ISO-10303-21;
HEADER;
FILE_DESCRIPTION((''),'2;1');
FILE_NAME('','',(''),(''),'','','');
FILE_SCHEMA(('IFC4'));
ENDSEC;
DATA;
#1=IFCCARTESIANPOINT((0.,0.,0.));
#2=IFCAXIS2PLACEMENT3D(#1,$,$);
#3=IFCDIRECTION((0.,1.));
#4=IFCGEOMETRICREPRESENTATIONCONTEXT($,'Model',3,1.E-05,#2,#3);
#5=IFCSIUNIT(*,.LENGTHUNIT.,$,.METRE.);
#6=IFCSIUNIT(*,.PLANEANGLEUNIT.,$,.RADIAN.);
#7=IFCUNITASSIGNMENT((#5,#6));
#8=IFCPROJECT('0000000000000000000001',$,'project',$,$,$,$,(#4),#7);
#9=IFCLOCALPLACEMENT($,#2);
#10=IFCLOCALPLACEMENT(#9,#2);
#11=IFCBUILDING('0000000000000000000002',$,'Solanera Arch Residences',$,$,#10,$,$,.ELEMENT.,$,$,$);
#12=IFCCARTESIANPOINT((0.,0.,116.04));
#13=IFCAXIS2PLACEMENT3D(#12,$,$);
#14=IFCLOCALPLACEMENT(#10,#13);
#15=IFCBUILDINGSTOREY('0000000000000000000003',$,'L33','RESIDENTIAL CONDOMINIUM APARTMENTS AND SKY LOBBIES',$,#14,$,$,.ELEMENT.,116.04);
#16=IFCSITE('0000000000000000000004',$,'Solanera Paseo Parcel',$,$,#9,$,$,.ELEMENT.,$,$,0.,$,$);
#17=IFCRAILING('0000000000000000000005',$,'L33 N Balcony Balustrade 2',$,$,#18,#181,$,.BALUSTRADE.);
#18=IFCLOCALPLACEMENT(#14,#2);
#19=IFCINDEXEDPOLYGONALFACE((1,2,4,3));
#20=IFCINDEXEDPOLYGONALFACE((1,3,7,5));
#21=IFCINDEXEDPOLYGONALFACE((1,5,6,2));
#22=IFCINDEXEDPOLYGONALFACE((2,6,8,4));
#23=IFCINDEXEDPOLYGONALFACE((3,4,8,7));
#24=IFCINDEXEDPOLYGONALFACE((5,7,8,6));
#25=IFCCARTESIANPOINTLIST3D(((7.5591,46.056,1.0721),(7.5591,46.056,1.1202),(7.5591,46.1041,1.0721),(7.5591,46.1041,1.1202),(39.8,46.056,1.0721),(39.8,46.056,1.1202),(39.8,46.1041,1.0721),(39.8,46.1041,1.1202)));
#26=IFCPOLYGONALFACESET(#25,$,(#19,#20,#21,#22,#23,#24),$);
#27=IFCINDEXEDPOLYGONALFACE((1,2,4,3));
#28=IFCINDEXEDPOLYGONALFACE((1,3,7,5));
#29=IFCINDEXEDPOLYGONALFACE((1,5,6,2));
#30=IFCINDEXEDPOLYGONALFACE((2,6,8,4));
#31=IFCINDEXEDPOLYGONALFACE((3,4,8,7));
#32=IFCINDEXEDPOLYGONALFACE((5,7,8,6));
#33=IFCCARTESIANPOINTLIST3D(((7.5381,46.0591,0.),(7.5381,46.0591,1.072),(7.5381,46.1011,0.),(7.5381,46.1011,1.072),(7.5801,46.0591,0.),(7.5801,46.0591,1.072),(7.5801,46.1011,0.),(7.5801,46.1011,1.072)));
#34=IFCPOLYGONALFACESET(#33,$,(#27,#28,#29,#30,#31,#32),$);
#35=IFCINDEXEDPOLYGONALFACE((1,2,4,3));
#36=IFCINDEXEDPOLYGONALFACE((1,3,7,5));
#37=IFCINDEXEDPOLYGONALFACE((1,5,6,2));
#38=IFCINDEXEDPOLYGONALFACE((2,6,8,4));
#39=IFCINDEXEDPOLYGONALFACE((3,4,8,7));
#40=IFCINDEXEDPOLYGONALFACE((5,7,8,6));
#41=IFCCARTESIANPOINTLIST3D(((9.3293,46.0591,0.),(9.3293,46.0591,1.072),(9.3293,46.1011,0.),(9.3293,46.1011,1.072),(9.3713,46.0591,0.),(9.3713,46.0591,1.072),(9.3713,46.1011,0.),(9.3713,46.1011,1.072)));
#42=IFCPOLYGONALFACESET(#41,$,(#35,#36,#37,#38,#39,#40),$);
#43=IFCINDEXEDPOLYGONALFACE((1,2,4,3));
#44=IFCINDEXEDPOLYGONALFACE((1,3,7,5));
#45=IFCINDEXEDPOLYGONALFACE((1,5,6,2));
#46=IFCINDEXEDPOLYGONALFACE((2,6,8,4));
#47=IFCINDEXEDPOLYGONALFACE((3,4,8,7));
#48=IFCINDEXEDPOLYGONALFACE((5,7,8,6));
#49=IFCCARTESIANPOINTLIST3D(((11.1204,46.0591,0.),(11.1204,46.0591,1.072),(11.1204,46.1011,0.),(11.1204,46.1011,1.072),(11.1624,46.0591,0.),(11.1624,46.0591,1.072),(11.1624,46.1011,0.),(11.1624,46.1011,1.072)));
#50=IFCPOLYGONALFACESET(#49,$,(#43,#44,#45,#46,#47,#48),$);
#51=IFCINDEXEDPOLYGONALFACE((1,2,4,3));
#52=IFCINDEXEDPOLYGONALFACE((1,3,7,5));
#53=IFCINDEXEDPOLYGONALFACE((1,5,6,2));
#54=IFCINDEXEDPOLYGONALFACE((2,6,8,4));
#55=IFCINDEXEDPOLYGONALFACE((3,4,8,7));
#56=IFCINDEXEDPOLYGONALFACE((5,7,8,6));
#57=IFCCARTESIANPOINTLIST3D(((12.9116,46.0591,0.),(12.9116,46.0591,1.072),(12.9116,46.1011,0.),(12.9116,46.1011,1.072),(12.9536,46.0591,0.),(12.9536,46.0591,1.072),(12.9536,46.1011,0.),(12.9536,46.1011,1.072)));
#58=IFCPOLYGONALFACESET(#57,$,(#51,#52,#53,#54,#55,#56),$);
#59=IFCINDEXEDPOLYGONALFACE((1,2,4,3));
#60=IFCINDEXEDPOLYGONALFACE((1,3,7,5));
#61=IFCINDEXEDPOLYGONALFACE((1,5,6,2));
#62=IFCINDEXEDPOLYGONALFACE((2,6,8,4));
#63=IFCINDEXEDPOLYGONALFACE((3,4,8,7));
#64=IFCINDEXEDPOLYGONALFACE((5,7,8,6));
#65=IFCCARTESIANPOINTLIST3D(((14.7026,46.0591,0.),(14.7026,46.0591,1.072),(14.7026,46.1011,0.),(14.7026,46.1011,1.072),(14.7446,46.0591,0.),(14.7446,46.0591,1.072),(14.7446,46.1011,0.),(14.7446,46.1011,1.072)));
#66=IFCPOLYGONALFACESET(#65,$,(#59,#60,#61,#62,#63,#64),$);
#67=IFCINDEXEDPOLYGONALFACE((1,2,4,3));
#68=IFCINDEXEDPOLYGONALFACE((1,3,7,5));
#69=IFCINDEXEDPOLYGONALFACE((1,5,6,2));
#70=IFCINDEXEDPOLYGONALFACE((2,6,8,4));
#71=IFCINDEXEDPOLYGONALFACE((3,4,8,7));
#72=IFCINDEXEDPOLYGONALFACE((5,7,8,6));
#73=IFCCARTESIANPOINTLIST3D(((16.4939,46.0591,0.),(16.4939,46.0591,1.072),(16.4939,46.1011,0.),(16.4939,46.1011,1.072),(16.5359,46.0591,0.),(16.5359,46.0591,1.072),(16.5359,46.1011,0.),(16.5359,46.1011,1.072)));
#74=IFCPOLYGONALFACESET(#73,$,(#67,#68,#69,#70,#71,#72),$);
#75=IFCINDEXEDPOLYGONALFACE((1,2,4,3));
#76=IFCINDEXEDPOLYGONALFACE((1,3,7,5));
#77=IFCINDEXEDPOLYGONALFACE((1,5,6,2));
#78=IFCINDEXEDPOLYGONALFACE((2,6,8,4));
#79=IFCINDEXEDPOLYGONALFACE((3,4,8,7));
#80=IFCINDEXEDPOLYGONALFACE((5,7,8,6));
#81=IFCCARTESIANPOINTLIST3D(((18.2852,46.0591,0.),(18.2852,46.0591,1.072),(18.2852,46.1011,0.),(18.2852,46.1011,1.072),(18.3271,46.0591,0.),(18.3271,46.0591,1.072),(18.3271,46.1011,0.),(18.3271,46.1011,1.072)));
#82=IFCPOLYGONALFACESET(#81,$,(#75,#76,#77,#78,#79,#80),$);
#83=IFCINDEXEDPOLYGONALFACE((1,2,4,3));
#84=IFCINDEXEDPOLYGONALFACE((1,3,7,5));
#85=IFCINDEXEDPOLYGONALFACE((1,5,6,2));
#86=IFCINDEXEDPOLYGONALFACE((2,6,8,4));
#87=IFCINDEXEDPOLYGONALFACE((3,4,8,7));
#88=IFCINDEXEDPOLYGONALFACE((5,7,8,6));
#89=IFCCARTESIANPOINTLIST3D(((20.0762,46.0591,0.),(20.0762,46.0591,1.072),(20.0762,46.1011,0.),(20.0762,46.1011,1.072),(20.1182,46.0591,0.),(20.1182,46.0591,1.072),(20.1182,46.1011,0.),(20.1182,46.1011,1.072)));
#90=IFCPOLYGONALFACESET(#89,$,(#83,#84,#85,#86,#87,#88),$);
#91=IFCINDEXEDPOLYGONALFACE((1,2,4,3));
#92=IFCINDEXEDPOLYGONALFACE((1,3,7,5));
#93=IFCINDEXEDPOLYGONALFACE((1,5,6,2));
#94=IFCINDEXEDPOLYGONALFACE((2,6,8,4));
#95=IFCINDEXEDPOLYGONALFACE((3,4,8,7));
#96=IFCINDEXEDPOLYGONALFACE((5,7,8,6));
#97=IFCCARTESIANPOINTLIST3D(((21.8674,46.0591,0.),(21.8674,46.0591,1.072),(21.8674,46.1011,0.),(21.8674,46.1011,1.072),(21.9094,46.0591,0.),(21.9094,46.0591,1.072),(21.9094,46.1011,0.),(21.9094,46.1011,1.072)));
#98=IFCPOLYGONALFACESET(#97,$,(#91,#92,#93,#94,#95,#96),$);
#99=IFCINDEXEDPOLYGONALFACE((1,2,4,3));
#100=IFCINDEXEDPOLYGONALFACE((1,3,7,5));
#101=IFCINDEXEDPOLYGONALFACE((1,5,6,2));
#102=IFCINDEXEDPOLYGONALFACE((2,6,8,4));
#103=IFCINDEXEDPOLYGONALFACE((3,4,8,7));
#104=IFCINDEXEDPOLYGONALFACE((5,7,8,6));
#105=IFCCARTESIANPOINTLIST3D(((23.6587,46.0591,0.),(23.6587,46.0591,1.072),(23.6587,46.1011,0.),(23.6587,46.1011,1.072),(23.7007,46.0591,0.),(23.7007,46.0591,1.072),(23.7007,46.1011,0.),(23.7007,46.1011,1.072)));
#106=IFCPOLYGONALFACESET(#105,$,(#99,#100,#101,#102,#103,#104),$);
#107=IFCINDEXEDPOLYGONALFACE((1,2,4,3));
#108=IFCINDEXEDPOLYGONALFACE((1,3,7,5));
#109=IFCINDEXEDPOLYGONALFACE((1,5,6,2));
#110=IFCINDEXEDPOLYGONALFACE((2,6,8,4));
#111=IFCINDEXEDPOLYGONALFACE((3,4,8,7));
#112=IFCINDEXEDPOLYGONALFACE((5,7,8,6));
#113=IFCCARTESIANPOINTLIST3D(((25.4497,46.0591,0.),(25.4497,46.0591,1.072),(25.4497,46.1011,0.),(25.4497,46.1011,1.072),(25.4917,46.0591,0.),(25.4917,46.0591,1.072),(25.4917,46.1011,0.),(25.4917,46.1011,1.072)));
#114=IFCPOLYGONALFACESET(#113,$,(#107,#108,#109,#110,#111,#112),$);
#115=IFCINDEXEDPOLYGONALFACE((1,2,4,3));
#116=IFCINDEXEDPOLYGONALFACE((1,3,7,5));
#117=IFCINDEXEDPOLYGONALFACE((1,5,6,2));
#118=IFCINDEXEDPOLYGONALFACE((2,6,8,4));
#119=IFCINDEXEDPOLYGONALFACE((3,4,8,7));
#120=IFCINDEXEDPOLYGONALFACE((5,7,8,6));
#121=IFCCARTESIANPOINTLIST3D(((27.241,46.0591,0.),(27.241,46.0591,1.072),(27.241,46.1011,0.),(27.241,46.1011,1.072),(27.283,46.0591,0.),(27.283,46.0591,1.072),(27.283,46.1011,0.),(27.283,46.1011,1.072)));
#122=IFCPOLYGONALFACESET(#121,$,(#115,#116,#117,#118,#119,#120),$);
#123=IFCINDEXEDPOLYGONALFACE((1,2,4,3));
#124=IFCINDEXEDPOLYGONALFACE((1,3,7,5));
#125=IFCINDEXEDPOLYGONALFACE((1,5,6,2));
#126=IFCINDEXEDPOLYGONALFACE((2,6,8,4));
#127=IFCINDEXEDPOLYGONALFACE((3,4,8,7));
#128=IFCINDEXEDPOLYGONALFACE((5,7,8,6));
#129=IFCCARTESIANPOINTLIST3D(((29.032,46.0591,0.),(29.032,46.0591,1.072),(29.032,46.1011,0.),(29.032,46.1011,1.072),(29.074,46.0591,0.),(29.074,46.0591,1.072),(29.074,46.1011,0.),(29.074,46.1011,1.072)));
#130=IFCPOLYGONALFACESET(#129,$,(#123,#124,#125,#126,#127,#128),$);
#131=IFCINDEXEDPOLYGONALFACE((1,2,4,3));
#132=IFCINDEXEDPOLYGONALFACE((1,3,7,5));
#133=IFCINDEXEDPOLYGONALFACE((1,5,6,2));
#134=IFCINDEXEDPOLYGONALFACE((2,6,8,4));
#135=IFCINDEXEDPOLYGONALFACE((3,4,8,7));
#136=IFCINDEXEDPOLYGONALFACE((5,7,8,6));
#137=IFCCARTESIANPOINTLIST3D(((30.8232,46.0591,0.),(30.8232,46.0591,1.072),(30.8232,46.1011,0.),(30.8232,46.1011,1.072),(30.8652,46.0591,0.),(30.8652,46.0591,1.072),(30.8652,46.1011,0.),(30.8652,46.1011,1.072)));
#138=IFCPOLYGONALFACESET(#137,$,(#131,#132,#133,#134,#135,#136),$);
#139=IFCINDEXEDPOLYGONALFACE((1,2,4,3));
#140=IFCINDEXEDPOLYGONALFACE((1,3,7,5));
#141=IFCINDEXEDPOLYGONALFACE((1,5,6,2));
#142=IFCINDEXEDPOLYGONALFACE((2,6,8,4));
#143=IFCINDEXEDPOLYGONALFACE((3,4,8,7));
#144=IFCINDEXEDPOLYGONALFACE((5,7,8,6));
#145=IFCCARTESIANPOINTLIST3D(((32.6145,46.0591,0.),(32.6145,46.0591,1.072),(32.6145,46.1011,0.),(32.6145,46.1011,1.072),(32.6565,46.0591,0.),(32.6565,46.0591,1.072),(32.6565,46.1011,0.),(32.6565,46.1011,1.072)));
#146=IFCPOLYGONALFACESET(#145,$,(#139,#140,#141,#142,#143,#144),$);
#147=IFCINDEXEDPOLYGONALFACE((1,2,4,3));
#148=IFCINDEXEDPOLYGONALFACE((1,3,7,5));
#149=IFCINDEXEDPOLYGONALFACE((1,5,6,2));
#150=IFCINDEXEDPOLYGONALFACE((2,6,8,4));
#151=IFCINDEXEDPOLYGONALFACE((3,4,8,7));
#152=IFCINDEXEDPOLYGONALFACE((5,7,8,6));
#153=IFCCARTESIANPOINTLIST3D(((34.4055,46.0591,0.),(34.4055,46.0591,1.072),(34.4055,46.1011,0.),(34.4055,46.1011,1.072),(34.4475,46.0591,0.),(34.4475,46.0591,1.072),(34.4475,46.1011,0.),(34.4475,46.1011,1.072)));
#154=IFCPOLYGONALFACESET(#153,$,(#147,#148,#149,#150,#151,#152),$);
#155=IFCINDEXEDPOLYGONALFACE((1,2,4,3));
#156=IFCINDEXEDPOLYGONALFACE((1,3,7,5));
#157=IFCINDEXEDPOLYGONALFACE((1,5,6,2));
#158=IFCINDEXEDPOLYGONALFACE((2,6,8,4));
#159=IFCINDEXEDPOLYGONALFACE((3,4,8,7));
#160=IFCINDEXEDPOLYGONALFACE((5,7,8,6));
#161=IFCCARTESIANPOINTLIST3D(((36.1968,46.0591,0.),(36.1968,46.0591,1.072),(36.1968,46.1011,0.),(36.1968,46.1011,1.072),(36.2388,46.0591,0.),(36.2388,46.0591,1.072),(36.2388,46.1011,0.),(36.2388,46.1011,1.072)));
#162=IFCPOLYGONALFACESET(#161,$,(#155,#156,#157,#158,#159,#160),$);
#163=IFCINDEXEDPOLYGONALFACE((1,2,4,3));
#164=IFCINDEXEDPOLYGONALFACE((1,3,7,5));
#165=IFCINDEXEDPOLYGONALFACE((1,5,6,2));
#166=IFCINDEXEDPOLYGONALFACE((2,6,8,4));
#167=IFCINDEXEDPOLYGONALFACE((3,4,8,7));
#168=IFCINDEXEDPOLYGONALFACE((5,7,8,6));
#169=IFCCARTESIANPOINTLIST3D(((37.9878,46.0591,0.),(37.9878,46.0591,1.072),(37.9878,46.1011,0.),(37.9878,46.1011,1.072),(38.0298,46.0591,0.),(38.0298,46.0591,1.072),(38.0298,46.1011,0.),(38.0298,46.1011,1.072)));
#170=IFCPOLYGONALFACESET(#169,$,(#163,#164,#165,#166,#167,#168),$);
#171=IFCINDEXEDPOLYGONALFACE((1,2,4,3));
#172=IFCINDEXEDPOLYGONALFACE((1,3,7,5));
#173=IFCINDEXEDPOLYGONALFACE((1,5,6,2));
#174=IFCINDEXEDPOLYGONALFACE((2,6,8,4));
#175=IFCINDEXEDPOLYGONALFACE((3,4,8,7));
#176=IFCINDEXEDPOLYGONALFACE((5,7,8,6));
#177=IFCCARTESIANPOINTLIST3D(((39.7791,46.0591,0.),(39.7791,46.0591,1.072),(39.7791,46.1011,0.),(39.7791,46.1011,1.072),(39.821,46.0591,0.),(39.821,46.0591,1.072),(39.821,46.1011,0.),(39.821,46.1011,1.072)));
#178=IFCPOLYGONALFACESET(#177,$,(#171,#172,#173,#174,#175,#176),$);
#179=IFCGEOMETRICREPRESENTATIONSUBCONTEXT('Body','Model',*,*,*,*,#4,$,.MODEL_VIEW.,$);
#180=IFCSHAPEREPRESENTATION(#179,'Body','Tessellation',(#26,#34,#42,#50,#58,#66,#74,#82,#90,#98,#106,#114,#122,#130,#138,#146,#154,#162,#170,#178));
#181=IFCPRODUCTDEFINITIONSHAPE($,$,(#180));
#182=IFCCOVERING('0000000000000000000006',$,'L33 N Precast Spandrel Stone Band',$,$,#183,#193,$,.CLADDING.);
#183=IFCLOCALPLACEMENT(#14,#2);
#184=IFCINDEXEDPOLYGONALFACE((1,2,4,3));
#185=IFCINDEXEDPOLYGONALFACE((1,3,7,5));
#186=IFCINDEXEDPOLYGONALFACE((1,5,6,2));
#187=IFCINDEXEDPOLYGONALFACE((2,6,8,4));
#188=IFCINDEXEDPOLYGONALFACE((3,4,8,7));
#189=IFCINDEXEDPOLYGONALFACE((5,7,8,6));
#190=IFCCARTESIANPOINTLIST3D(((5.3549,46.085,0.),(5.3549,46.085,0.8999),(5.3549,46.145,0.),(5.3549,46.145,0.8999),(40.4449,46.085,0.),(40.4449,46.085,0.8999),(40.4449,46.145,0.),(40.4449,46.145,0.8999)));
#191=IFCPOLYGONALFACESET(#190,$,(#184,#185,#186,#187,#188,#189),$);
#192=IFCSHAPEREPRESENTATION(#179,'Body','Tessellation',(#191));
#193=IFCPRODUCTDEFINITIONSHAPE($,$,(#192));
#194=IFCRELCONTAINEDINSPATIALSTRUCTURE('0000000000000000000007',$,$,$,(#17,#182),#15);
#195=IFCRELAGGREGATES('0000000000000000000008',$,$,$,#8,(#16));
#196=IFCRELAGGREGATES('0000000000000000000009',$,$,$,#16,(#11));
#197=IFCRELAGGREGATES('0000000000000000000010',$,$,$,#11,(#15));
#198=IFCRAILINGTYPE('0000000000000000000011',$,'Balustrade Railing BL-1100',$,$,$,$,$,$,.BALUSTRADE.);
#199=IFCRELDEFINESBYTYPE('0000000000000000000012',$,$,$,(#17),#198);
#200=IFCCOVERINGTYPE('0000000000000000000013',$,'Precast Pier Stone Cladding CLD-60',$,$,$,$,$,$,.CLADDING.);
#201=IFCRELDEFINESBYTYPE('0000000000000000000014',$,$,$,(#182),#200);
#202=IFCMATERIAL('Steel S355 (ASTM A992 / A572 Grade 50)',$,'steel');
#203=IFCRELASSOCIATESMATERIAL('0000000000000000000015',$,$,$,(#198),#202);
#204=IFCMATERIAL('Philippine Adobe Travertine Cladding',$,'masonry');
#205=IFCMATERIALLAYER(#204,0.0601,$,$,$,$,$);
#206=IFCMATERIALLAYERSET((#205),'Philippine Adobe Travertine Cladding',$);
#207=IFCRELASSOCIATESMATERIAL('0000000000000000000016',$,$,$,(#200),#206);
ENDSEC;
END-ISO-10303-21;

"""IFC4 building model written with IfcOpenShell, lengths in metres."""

from ifc_helpers import new_model, si_unit, direction, frame, frame_2d, origin, origin_2d, place, context, subcontext, project, spatial, rectangle, extrude, material, layer, layer_set, type_object, element, save


model = new_model("IFC4")

# Units and contexts
model_context = context("Model", 3, precision=1e-05, world=origin(), true_north=direction((0.0, 1.0)))
body_context = subcontext(model_context, "Body", "Model", "MODEL_VIEW")
ifc_project = project(units=[si_unit("LENGTHUNIT", "METRE"), si_unit("PLANEANGLEUNIT", "RADIAN")], contexts=[model_context])

# Site, building, storey
site_placement = place(None, origin())
site = spatial("IfcSite", under=ifc_project, at=site_placement, Name="Solanera Paseo Parcel", CompositionType="ELEMENT", RefElevation=0.0)
building_placement = place(site_placement, origin())
building = spatial("IfcBuilding", under=site, at=building_placement, Name="Solanera Arch Residences", CompositionType="ELEMENT")
storey_placement = place(building_placement, frame((0.0, 0.0, 116.04)))
storey = spatial("IfcBuildingStorey", under=building, at=storey_placement, Name="L33", Description="RESIDENTIAL CONDOMINIUM APARTMENTS AND SKY LOBBIES", CompositionType="ELEMENT", Elevation=116.04)

# Railing
ifc_material_1 = material(Name="Steel S355 (ASTM A992 / A572 Grade 50)", Category="steel")
railing_type = type_object("IfcRailingType", Name="Balustrade Railing BL-1100", PredefinedType="BALUSTRADE", material=ifc_material_1)
railing_placement = place(storey_placement, frame((7.5591, 46.0801, 0.0)))
element("IfcRailing", 1, at=railing_placement, inside=storey, type_object=railing_type, Name="L33 N Balcony Balustrade 2", PredefinedType="BALUSTRADE", context=body_context, shape_type="SweptSolid", body=[
    extrude(rectangle(XDim=0.0481, YDim=0.0481, at=origin_2d()), frame((0.0, 0.0, 1.0962), z_axis=(1.0, 0.0, 0.0), x_axis=(0.0, 1.0, 0.0)), (0.0, 0.0, 1.0), 32.241),
    extrude(rectangle(XDim=0.042, YDim=0.042, at=origin_2d()), origin(), (0.0, 0.0, 1.0), 1.072),
    extrude(rectangle(XDim=0.042, YDim=0.042, at=origin_2d()), frame((1.7913, 0.0, 0.0)), (0.0, 0.0, 1.0), 1.072),
    extrude(rectangle(XDim=0.042, YDim=0.042, at=origin_2d()), frame((3.5823, 0.0, 0.0)), (0.0, 0.0, 1.0), 1.072),
    extrude(rectangle(XDim=0.042, YDim=0.042, at=origin_2d()), frame((5.3735, 0.0, 0.0)), (0.0, 0.0, 1.0), 1.072),
    extrude(rectangle(XDim=0.042, YDim=0.042, at=origin_2d()), frame((7.1646, 0.0, 0.0)), (0.0, 0.0, 1.0), 1.072),
    extrude(rectangle(XDim=0.042, YDim=0.042, at=origin_2d()), frame((8.9558, 0.0, 0.0)), (0.0, 0.0, 1.0), 1.072),
    extrude(rectangle(XDim=0.042, YDim=0.042, at=origin_2d()), frame((10.7471, 0.0, 0.0)), (0.0, 0.0, 1.0), 1.072),
    extrude(rectangle(XDim=0.042, YDim=0.042, at=origin_2d()), frame((12.5381, 0.0, 0.0)), (0.0, 0.0, 1.0), 1.072),
    extrude(rectangle(XDim=0.042, YDim=0.042, at=origin_2d()), frame((14.3293, 0.0, 0.0)), (0.0, 0.0, 1.0), 1.072),
    extrude(rectangle(XDim=0.042, YDim=0.042, at=origin_2d()), frame((16.1206, 0.0, 0.0)), (0.0, 0.0, 1.0), 1.072),
    extrude(rectangle(XDim=0.042, YDim=0.042, at=origin_2d()), frame((17.9116, 0.0, 0.0)), (0.0, 0.0, 1.0), 1.072),
    extrude(rectangle(XDim=0.042, YDim=0.042, at=origin_2d()), frame((19.7029, 0.0, 0.0)), (0.0, 0.0, 1.0), 1.072),
    extrude(rectangle(XDim=0.042, YDim=0.042, at=origin_2d()), frame((21.4939, 0.0, 0.0)), (0.0, 0.0, 1.0), 1.072),
    extrude(rectangle(XDim=0.042, YDim=0.042, at=origin_2d()), frame((23.2852, 0.0, 0.0)), (0.0, 0.0, 1.0), 1.072),
    extrude(rectangle(XDim=0.042, YDim=0.042, at=origin_2d()), frame((25.0764, 0.0, 0.0)), (0.0, 0.0, 1.0), 1.072),
    extrude(rectangle(XDim=0.042, YDim=0.042, at=origin_2d()), frame((26.8674, 0.0, 0.0)), (0.0, 0.0, 1.0), 1.072),
    extrude(rectangle(XDim=0.042, YDim=0.042, at=origin_2d()), frame((28.6587, 0.0, 0.0)), (0.0, 0.0, 1.0), 1.072),
    extrude(rectangle(XDim=0.042, YDim=0.042, at=origin_2d()), frame((30.4497, 0.0, 0.0)), (0.0, 0.0, 1.0), 1.072),
    extrude(rectangle(XDim=0.042, YDim=0.042, at=origin_2d()), frame((32.241, 0.0, 0.0)), (0.0, 0.0, 1.0), 1.072),
])

# Covering
ifc_material_2 = material(Name="Philippine Adobe Travertine Cladding", Category="masonry")
ifc_layer_1 = layer(ifc_material_2, 0.0601)
ifc_layer_set_1 = layer_set([ifc_layer_1], Name="Philippine Adobe Travertine Cladding")
covering_type = type_object("IfcCoveringType", Name="Precast Pier Stone Cladding CLD-60", PredefinedType="CLADDING", material=ifc_layer_set_1)
covering_placement = place(storey_placement, frame((5.355, 46.115, 0.0), z_axis=(0.0, 0.0, 1.0), x_axis=(1.0, 0.0, 0.0)))
element("IfcCovering", 2, at=covering_placement, inside=storey, type_object=covering_type, Name="L33 N Precast Spandrel Stone Band", PredefinedType="CLADDING", context=body_context, shape_type="SweptSolid", body=[
    extrude(rectangle(XDim=35.0901, YDim=0.0601, at=frame_2d((17.5449, 0.0))), origin(), (0.0, 0.0, 1.0), 0.8999),
])

save(model, "model.ifc")
